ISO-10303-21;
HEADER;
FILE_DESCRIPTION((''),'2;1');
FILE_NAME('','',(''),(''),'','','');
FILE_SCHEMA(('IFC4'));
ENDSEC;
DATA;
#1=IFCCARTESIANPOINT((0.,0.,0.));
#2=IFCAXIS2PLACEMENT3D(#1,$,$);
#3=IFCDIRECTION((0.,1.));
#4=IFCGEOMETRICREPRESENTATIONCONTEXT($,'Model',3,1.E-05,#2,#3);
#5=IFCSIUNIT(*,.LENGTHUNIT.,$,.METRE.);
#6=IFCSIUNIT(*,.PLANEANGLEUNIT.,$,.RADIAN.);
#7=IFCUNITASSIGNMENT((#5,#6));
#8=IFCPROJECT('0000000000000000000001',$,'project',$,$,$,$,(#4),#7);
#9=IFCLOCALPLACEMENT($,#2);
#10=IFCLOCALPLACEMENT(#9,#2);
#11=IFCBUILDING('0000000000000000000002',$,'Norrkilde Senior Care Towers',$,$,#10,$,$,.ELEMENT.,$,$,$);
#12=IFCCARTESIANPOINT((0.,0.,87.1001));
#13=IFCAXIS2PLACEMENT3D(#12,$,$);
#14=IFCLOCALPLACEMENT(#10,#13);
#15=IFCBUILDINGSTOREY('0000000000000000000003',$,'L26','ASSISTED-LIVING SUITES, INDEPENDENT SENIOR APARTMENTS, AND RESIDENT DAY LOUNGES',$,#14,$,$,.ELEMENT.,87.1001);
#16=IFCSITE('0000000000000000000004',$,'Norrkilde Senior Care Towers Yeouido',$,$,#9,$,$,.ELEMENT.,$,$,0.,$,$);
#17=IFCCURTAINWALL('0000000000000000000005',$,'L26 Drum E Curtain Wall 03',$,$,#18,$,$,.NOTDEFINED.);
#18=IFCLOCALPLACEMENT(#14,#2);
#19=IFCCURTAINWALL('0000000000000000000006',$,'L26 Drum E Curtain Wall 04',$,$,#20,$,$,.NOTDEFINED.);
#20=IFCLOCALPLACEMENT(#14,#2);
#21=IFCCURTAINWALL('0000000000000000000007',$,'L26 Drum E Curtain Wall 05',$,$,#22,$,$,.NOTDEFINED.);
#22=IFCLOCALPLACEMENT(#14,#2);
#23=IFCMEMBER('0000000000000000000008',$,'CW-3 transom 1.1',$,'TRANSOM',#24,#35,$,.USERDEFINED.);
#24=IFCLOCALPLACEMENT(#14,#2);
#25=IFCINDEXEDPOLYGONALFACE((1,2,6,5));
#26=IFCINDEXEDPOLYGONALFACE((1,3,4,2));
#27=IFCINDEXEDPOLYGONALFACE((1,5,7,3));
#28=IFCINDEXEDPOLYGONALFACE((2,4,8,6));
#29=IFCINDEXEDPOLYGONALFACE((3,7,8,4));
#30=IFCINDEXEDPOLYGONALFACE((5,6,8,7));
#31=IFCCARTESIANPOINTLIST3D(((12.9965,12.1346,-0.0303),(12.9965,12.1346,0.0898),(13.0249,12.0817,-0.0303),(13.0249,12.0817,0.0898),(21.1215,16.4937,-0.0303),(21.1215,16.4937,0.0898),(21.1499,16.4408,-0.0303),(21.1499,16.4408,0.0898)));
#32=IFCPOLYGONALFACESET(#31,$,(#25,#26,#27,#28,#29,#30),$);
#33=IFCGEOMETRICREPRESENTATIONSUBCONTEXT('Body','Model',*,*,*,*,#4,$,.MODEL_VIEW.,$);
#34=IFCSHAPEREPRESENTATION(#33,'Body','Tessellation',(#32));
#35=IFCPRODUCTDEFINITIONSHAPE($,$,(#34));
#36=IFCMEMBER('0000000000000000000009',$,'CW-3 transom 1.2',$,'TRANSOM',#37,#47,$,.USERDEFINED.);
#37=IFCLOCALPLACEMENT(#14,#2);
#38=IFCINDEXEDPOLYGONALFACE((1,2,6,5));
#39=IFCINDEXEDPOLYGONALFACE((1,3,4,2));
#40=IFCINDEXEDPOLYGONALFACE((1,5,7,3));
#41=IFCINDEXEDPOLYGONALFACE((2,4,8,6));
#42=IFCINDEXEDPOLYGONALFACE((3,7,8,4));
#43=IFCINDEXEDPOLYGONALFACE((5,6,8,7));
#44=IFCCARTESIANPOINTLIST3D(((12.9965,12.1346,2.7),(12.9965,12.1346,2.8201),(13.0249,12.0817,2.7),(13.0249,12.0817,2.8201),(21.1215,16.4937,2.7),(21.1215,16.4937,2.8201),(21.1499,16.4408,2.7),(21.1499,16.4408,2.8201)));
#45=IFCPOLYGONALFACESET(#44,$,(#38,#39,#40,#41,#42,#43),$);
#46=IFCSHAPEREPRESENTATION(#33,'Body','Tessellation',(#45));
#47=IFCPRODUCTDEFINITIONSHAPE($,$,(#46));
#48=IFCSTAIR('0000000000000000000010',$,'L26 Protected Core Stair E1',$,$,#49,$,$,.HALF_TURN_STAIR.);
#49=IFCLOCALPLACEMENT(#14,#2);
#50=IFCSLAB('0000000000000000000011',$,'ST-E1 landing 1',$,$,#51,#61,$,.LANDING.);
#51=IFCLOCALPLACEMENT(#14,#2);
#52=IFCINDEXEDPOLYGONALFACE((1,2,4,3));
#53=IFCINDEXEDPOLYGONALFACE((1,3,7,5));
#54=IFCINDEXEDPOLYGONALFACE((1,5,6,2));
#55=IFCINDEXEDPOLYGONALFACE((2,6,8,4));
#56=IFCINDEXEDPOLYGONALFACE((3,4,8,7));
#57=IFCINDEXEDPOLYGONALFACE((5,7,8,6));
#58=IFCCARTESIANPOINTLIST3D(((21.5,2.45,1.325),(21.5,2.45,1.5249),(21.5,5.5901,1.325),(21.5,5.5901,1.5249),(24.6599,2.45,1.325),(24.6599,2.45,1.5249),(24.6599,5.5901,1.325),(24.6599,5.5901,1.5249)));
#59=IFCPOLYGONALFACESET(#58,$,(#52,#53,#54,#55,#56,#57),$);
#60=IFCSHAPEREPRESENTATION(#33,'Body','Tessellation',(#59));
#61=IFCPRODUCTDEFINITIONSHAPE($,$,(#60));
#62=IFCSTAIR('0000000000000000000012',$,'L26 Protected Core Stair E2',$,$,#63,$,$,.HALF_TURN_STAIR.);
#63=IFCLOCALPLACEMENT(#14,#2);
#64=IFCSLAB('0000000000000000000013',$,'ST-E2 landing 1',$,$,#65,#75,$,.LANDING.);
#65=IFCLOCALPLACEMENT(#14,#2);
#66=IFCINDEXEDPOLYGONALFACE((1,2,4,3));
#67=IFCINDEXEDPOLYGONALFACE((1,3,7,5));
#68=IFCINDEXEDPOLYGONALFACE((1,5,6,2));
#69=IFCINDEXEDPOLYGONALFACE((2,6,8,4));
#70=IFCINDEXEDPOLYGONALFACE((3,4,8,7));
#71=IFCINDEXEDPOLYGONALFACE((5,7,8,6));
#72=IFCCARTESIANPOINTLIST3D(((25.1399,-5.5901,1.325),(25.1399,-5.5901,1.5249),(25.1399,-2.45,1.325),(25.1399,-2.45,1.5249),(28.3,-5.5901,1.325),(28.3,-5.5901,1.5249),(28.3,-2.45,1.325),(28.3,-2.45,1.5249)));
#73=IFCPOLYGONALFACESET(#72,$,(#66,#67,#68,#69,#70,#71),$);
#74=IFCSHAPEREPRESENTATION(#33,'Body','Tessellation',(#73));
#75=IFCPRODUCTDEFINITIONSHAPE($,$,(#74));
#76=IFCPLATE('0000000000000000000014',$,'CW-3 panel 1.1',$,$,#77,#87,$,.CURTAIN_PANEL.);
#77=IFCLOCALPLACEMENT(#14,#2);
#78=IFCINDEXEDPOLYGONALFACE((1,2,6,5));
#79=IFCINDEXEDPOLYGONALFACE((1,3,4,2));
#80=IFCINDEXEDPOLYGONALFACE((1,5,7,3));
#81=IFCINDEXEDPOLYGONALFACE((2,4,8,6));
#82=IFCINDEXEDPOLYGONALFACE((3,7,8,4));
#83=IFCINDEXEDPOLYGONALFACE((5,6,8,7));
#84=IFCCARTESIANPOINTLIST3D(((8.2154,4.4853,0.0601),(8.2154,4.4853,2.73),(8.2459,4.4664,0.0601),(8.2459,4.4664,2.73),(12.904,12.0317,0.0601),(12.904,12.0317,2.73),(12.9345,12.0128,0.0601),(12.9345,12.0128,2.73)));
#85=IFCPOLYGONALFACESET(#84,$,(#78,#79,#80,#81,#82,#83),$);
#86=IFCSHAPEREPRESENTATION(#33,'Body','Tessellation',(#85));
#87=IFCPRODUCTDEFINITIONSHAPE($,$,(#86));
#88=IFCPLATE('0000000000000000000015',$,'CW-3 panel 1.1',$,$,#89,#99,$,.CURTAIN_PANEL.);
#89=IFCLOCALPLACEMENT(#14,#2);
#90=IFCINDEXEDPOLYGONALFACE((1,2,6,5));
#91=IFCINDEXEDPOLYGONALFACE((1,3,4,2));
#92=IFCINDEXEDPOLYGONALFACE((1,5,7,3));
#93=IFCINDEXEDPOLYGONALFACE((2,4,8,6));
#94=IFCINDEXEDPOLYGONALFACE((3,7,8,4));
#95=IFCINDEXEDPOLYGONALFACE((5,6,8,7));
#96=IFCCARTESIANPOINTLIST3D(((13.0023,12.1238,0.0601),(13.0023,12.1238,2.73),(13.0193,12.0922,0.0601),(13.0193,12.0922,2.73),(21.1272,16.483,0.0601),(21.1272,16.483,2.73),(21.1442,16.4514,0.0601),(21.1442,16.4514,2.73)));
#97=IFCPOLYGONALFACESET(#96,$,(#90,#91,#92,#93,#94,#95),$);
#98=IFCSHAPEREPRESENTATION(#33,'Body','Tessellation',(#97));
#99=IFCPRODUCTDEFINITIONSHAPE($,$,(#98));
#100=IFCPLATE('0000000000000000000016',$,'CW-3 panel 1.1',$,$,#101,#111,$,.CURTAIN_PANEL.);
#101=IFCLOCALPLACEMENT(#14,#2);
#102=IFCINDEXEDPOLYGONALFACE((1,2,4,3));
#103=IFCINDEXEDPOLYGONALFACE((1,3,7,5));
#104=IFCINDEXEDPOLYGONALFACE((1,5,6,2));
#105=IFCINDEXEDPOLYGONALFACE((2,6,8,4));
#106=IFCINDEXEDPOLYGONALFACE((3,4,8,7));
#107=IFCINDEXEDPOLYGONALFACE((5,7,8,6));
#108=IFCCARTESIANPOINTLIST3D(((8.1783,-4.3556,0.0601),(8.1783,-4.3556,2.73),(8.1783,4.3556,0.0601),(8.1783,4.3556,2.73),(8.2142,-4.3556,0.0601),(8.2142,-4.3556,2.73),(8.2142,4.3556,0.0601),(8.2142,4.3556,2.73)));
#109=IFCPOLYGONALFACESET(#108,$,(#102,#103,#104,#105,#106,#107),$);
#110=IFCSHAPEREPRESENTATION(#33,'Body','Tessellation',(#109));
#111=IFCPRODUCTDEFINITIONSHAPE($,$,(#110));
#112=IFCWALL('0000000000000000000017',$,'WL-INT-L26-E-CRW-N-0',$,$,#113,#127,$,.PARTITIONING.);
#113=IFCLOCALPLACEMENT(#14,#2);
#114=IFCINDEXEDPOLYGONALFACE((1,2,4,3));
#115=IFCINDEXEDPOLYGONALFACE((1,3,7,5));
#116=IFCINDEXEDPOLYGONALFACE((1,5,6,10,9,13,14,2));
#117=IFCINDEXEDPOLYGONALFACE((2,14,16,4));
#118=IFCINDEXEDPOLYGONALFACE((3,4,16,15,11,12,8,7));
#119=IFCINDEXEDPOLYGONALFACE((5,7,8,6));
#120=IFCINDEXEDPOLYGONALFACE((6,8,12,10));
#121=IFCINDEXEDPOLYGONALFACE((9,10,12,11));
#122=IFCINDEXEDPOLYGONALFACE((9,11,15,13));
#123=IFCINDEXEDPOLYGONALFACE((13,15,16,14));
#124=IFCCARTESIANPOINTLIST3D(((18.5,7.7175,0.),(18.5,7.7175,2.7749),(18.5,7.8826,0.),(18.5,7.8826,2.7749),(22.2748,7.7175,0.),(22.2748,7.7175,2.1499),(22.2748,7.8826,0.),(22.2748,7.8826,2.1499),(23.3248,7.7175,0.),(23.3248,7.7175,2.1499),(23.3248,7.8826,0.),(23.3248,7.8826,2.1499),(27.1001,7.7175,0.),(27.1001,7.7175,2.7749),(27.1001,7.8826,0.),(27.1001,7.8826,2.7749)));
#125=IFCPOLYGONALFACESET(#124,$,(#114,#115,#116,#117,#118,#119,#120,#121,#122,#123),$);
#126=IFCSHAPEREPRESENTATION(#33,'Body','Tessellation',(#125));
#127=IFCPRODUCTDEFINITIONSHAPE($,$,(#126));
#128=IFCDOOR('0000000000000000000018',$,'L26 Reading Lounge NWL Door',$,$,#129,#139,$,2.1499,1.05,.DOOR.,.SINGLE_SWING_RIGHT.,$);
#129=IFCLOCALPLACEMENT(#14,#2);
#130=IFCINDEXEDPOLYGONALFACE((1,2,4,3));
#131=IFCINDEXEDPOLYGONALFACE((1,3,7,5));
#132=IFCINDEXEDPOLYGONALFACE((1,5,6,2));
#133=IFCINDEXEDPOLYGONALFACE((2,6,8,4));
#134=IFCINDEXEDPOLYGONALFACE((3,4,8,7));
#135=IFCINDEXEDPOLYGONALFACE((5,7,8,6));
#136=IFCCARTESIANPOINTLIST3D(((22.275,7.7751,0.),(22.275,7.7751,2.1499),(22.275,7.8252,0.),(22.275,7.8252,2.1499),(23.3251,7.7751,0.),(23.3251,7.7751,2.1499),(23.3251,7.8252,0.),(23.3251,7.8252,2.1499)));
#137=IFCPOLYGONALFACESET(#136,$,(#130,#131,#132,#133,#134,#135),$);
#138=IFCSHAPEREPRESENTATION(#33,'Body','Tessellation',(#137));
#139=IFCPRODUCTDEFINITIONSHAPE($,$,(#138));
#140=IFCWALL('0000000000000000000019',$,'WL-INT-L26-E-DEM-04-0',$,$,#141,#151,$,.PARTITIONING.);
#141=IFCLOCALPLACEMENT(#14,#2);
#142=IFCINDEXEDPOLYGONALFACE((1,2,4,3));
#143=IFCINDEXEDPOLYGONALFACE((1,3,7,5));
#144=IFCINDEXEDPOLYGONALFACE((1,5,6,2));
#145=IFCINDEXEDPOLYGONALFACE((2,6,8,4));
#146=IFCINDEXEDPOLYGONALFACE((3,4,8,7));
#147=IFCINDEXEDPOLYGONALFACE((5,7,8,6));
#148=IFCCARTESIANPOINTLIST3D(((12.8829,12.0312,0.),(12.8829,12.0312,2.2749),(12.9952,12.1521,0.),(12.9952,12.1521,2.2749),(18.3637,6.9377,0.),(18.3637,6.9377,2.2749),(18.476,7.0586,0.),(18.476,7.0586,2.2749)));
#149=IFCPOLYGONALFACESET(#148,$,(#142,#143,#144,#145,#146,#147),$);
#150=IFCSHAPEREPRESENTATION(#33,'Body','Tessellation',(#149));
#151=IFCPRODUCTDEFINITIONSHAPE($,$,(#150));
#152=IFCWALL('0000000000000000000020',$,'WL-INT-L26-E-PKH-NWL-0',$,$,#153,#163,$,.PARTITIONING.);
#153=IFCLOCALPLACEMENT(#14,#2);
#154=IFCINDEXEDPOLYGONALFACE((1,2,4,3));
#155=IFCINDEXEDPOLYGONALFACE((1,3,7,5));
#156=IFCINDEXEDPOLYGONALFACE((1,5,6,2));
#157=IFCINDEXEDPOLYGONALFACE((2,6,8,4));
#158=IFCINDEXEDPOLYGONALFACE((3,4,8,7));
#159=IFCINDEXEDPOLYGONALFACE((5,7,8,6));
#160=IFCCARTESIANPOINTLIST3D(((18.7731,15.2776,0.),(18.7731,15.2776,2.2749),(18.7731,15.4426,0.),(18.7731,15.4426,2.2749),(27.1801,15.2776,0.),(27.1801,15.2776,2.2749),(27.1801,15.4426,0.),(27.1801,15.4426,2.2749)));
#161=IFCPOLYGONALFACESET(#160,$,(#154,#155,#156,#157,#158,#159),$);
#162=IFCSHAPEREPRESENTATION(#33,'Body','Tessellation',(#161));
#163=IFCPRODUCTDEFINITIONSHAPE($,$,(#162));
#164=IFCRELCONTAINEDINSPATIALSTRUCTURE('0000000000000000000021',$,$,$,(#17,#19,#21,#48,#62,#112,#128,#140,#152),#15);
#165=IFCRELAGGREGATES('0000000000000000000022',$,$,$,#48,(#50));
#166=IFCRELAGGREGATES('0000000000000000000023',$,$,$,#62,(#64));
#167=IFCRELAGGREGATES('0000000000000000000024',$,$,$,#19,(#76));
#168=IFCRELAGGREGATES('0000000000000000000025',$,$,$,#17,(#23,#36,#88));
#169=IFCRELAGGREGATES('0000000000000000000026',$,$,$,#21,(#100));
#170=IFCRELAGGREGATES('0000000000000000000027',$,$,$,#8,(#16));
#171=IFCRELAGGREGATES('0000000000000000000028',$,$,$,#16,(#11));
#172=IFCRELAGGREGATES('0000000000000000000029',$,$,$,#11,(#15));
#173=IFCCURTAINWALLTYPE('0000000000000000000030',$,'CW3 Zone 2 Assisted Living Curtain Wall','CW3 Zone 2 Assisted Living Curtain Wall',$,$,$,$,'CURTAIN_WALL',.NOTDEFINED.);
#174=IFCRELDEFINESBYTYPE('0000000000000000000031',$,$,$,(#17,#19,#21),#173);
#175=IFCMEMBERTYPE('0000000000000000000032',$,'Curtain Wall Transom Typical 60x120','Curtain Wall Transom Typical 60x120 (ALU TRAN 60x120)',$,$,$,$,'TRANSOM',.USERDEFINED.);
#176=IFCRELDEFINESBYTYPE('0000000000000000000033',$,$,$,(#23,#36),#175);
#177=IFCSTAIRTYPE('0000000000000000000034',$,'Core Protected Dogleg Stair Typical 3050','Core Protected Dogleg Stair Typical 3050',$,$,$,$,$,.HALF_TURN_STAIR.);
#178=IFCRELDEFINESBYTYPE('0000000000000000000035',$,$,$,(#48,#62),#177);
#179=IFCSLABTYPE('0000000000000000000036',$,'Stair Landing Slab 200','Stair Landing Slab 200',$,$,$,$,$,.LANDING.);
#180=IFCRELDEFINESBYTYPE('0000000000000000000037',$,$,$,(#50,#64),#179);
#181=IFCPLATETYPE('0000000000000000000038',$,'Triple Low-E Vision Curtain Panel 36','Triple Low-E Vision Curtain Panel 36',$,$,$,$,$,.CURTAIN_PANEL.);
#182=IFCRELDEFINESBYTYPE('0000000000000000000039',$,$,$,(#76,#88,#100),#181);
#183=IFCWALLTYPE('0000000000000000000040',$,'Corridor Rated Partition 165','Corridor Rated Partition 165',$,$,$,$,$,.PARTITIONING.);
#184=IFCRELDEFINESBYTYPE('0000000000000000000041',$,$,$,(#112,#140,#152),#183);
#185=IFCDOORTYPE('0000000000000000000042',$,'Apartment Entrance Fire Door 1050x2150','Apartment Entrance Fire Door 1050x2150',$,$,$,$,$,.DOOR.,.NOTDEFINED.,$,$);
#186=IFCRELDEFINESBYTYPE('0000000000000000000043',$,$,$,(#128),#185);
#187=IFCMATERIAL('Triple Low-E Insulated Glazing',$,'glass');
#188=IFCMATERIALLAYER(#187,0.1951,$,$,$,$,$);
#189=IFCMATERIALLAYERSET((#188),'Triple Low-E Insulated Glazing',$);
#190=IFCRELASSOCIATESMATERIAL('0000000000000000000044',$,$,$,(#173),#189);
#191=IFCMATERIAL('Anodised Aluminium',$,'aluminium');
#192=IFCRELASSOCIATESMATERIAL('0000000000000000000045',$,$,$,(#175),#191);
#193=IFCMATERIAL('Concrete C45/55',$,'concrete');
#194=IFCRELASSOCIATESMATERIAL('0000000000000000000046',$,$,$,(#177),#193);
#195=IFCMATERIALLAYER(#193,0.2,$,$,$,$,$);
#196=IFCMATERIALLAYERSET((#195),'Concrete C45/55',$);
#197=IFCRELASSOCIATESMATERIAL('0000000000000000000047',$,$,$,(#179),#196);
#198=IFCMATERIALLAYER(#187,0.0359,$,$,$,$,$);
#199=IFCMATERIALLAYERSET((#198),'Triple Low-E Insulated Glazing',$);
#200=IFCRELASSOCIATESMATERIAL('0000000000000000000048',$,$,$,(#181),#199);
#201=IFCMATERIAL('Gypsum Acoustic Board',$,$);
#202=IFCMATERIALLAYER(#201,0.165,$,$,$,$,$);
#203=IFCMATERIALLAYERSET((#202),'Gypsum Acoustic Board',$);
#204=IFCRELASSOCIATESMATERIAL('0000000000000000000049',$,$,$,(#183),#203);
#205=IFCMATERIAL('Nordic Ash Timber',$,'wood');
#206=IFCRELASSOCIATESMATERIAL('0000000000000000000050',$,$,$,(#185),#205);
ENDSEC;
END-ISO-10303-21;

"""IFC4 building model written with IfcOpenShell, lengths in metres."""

from ifc_helpers import new_model, si_unit, direction, frame, frame_2d, origin, origin_2d, place, context, subcontext, project, spatial, polyline, rectangle, outline, extrude, source, transform, mapped, material, layer, layer_set, material_profile, profile_set, type_object, type_shapes, element, fill, aggregate, save


model = new_model("IFC4")

# Units and contexts
model_context = context("Model", 3, precision=1e-05, world=origin(), true_north=direction((0.0, 1.0)))
body_context = subcontext(model_context, "Body", "Model", "MODEL_VIEW")
ifc_project = project(units=[si_unit("LENGTHUNIT", "METRE"), si_unit("PLANEANGLEUNIT", "RADIAN")], contexts=[model_context])

# Site, building, storey
site_placement = place(None, origin())
site = spatial("IfcSite", under=ifc_project, at=site_placement, Name="Norrkilde Senior Care Towers Yeouido", CompositionType="ELEMENT", RefElevation=0.0)
building_placement = place(site_placement, origin())
building = spatial("IfcBuilding", under=site, at=building_placement, Name="Norrkilde Senior Care Towers", CompositionType="ELEMENT")
storey_placement = place(building_placement, frame((0.0, 0.0, 87.1001)))
storey = spatial("IfcBuildingStorey", under=building, at=storey_placement, Name="L26", Description="ASSISTED-LIVING SUITES, INDEPENDENT SENIOR APARTMENTS, AND RESIDENT DAY LOUNGES", CompositionType="ELEMENT", Elevation=87.1001)

# Curtain wall
ifc_material_1 = material(Name="Triple Low-E Insulated Glazing", Category="glass")
ifc_layer_1 = layer(ifc_material_1, 0.1951)
ifc_layer_set_1 = layer_set([ifc_layer_1], Name="Triple Low-E Insulated Glazing")
curtain_wall_type = type_object("IfcCurtainWallType", Name="CW3 Zone 2 Assisted Living Curtain Wall", Description="CW3 Zone 2 Assisted Living Curtain Wall", ElementType="CURTAIN_WALL", PredefinedType="NOTDEFINED", material=ifc_layer_set_1)
curtain_wall_1_placement = place(storey_placement, origin())
curtain_wall_1 = element("IfcCurtainWall", 1, at=curtain_wall_1_placement, inside=storey, type_object=curtain_wall_type, Name="L26 Drum E Curtain Wall 03", PredefinedType="NOTDEFINED")
ifc_material_2 = material(Name="Anodised Aluminium", Category="aluminium")

# Curtain wall
curtain_wall_2_placement = place(storey_placement, origin())
curtain_wall_2 = element("IfcCurtainWall", 2, at=curtain_wall_2_placement, inside=storey, type_object=curtain_wall_type, Name="L26 Drum E Curtain Wall 04", PredefinedType="NOTDEFINED")

# Curtain wall
curtain_wall_3_placement = place(storey_placement, origin())
curtain_wall_3 = element("IfcCurtainWall", 3, at=curtain_wall_3_placement, inside=storey, type_object=curtain_wall_type, Name="L26 Drum E Curtain Wall 05", PredefinedType="NOTDEFINED")

# Members
ifc_material_profile_1 = material_profile(ifc_material_2, rectangle(XDim=0.0601, YDim=0.1201, at=origin_2d()), Name="ALU TRAN 60x120")
ifc_profile_set_1 = profile_set([ifc_material_profile_1], Name="Anodised Aluminium")
member_type_1 = type_object("IfcMemberType", Name="Curtain Wall Transom Typical 60x120", Description="Curtain Wall Transom Typical 60x120 (ALU TRAN 60x120)", ElementType="TRANSOM", PredefinedType="USERDEFINED", material=ifc_profile_set_1)
shared_shape_1 = source(origin(), body_context, "Body", "SweptSolid", [
    extrude(rectangle(XDim=0.0601, YDim=0.1201, at=origin_2d()), origin(), (0.0, 0.0, 1.0), 9.2205),
])
member_1_placement = place(storey_placement, frame((13.0107, 12.1082, 0.0298), z_axis=(0.881189, 0.472765, 0.0), x_axis=(-0.472765, 0.881189, 0.0)))
member_1 = element("IfcMember", 4, at=member_1_placement, type_object=member_type_1, Name="CW-3 transom 1.1", ObjectType="TRANSOM", PredefinedType="USERDEFINED", context=body_context, shape_type="MappedRepresentation", body=[
    mapped(shared_shape_1, transform((0.0, 0.0, 0.0), x_axis=(1.0, 0.0, 0.0), y_axis=(0.0, 1.0, 0.0), z_axis=(0.0, 0.0, 1.0), scale=1.0)),
])
member_2_placement = place(storey_placement, frame((13.0107, 12.1082, 2.76), z_axis=(0.881189, 0.472765, 0.0), x_axis=(-0.472765, 0.881189, 0.0)))
member_2 = element("IfcMember", 5, at=member_2_placement, type_object=member_type_1, Name="CW-3 transom 1.2", ObjectType="TRANSOM", PredefinedType="USERDEFINED", context=body_context, shape_type="MappedRepresentation", body=[
    mapped(shared_shape_1, transform((0.0, 0.0, 0.0), x_axis=(1.0, 0.0, 0.0), y_axis=(0.0, 1.0, 0.0), z_axis=(0.0, 0.0, 1.0), scale=1.0)),
])

# Stairs, slabs
ifc_material_3 = material(Name="Concrete C45/55", Category="concrete")
stair_type = type_object("IfcStairType", Name="Core Protected Dogleg Stair Typical 3050", Description="Core Protected Dogleg Stair Typical 3050", PredefinedType="HALF_TURN_STAIR", material=ifc_material_3)
stair_1_placement = place(storey_placement, origin())
stair_1 = element("IfcStair", 6, at=stair_1_placement, inside=storey, type_object=stair_type, Name="L26 Protected Core Stair E1", PredefinedType="HALF_TURN_STAIR")
ifc_layer_2 = layer(ifc_material_3, 0.2)
ifc_layer_set_2 = layer_set([ifc_layer_2], Name="Concrete C45/55")
slab_type = type_object("IfcSlabType", Name="Stair Landing Slab 200", Description="Stair Landing Slab 200", PredefinedType="LANDING", material=ifc_layer_set_2)
slab_1_placement = place(storey_placement, frame((0.0, 0.0, 1.325)))
slab_1 = element("IfcSlab", 7, at=slab_1_placement, type_object=slab_type, Name="ST-E1 landing 1", PredefinedType="LANDING", context=body_context, shape_type="SweptSolid", body=[
    extrude(outline(polyline([(24.6599, 5.5901), (21.5, 5.5901), (21.5, 2.45), (24.6599, 2.45), (24.6599, 5.5901)])), origin(), (0.0, 0.0, 1.0), 0.2),
])
aggregate(stair_1, [slab_1])
stair_2_placement = place(storey_placement, origin())
stair_2 = element("IfcStair", 8, at=stair_2_placement, inside=storey, type_object=stair_type, Name="L26 Protected Core Stair E2", PredefinedType="HALF_TURN_STAIR")
slab_2_placement = place(storey_placement, frame((0.0, 0.0, 1.325)))
slab_2 = element("IfcSlab", 9, at=slab_2_placement, type_object=slab_type, Name="ST-E2 landing 1", PredefinedType="LANDING", context=body_context, shape_type="SweptSolid", body=[
    extrude(outline(polyline([(25.1399, -5.5901), (28.3, -5.5901), (28.3, -2.45), (25.1399, -2.45), (25.1399, -5.5901)])), origin(), (0.0, 0.0, 1.0), 0.2),
])
aggregate(stair_2, [slab_2])

# Plates
ifc_layer_3 = layer(ifc_material_1, 0.0359)
ifc_layer_set_3 = layer_set([ifc_layer_3], Name="Triple Low-E Insulated Glazing")
plate_type = type_object("IfcPlateType", Name="Triple Low-E Vision Curtain Panel 36", Description="Triple Low-E Vision Curtain Panel 36", PredefinedType="CURTAIN_PANEL", material=ifc_layer_set_3)
shared_shape_2 = source(origin(), body_context, "Body", "SweptSolid", [
    extrude(rectangle(XDim=8.8843, YDim=0.0359, at=origin_2d()), origin(), (0.0, 0.0, 1.0), 2.6699),
])
plate_1_placement = place(storey_placement, frame((10.575, 8.249, 0.0601), z_axis=(0.0, 0.0, 1.0), x_axis=(0.527733, 0.84941, 0.0)))
plate_1 = element("IfcPlate", 10, at=plate_1_placement, type_object=plate_type, Name="CW-3 panel 1.1", PredefinedType="CURTAIN_PANEL", context=body_context, shape_type="MappedRepresentation", body=[
    mapped(shared_shape_2, transform((0.0, 0.0, 0.0), x_axis=(1.0, 0.0, 0.0), y_axis=(0.0, 1.0, 0.0), z_axis=(0.0, 0.0, 1.0), scale=1.0)),
])
aggregate(curtain_wall_2, [plate_1])
shared_shape_3 = source(origin(), body_context, "Body", "SweptSolid", [
    extrude(rectangle(XDim=9.2205, YDim=0.0359, at=origin_2d()), origin(), (0.0, 0.0, 1.0), 2.6699),
])
plate_2_placement = place(storey_placement, frame((17.0732, 14.2876, 0.0601), z_axis=(0.0, 0.0, 1.0), x_axis=(0.881186, 0.472769, 0.0)))
plate_2 = element("IfcPlate", 11, at=plate_2_placement, type_object=plate_type, Name="CW-3 panel 1.1", PredefinedType="CURTAIN_PANEL", context=body_context, shape_type="MappedRepresentation", body=[
    mapped(shared_shape_3, transform((0.0, 0.0, 0.0), x_axis=(1.0, 0.0, 0.0), y_axis=(0.0, 1.0, 0.0), z_axis=(0.0, 0.0, 1.0), scale=1.0)),
])
aggregate(curtain_wall_1, [member_1, member_2, plate_2])
shared_shape_4 = source(origin(), body_context, "Body", "SweptSolid", [
    extrude(rectangle(XDim=8.7112, YDim=0.0359, at=origin_2d()), origin(), (0.0, 0.0, 1.0), 2.6699),
])
type_shapes(plate_type, [shared_shape_2, shared_shape_3, shared_shape_4])
plate_3_placement = place(storey_placement, frame((8.1963, 0.0, 0.0601), z_axis=(0.0, 0.0, 1.0), x_axis=(0.0, 1.0, 0.0)))
plate_3 = element("IfcPlate", 12, at=plate_3_placement, type_object=plate_type, Name="CW-3 panel 1.1", PredefinedType="CURTAIN_PANEL", context=body_context, shape_type="MappedRepresentation", body=[
    mapped(shared_shape_4, transform((0.0, 0.0, 0.0), x_axis=(1.0, 0.0, 0.0), y_axis=(0.0, 1.0, 0.0), z_axis=(0.0, 0.0, 1.0), scale=1.0)),
])
aggregate(curtain_wall_3, [plate_3])

# Wall, opening, door
ifc_material_4 = material(Name="Gypsum Acoustic Board")
ifc_layer_4 = layer(ifc_material_4, 0.165)
ifc_layer_set_4 = layer_set([ifc_layer_4], Name="Gypsum Acoustic Board")
wall_type = type_object("IfcWallType", Name="Corridor Rated Partition 165", Description="Corridor Rated Partition 165", PredefinedType="PARTITIONING", material=ifc_layer_set_4)
shared_shape_5 = source(origin(), body_context, "Body", "SweptSolid", [
    extrude(rectangle(XDim=8.6001, YDim=0.165, at=frame_2d((4.3, 0.0))), origin(), (0.0, 0.0, 1.0), 2.7749),
])
wall_1_placement = place(storey_placement, frame((18.5, 7.8, 0.0), z_axis=(0.0, 0.0, 1.0), x_axis=(1.0, 0.0, 0.0)))
wall_1 = element("IfcWall", 13, at=wall_1_placement, inside=storey, type_object=wall_type, Name="WL-INT-L26-E-CRW-N-0", PredefinedType="PARTITIONING", context=body_context, shape_type="MappedRepresentation", body=[
    mapped(shared_shape_5, transform((0.0, 0.0, 0.0), x_axis=(1.0, 0.0, 0.0), y_axis=(0.0, 1.0, 0.0), z_axis=(0.0, 0.0, 1.0), scale=1.0)),
])
opening_placement = place(wall_1_placement, frame((3.7749, 0.0, 0.0)))
opening = element("IfcOpeningElement", 14, at=opening_placement, cuts=wall_1, PredefinedType="OPENING", context=body_context, shape_type="SweptSolid", body=[
    extrude(rectangle(XDim=1.05, YDim=2.1499, at=frame_2d((0.5249, 1.075))), frame((0.0, 0.0925, 0.0), z_axis=(0.0, -1.0, 0.0), x_axis=(1.0, 0.0, 0.0)), (0.0, 0.0, 1.0), 0.1851),
])
ifc_material_5 = material(Name="Nordic Ash Timber", Category="wood")
door_type = type_object("IfcDoorType", Name="Apartment Entrance Fire Door 1050x2150", Description="Apartment Entrance Fire Door 1050x2150", OperationType="NOTDEFINED", PredefinedType="DOOR", material=ifc_material_5)
shared_shape_6 = source(origin(), body_context, "Body", "SweptSolid", [
    extrude(rectangle(XDim=1.05, YDim=2.1499, at=frame_2d((0.5249, 1.075))), frame((0.0, 0.0249, 0.0), z_axis=(0.0, -1.0, 0.0), x_axis=(1.0, 0.0, 0.0)), (0.0, 0.0, 1.0), 0.05),
])
type_shapes(door_type, [shared_shape_6])
door_placement = place(opening_placement, frame((1.05, 0.0, 0.0), z_axis=(0.0, 0.0, 1.0), x_axis=(-1.0, 0.0, 0.0)))
door = element("IfcDoor", 15, at=door_placement, inside=storey, type_object=door_type, Name="L26 Reading Lounge NWL Door", OperationType="SINGLE_SWING_RIGHT", OverallHeight=2.1499, OverallWidth=1.05, PredefinedType="DOOR", context=body_context, shape_type="MappedRepresentation", body=[
    mapped(shared_shape_6, transform((0.0, 0.0, 0.0), x_axis=(1.0, 0.0, 0.0), y_axis=(0.0, 1.0, 0.0), z_axis=(0.0, 0.0, 1.0), scale=1.0)),
])
fill(opening, door)

# Walls
shared_shape_7 = source(origin(), body_context, "Body", "SweptSolid", [
    extrude(rectangle(XDim=7.4822, YDim=0.165, at=frame_2d((3.7412, 0.0))), origin(), (0.0, 0.0, 1.0), 2.2749),
])
wall_2_placement = place(storey_placement, frame((18.4199, 6.998, 0.0), z_axis=(0.0, 0.0, 1.0), x_axis=(-0.732509, 0.680758, 0.0)))
element("IfcWall", 16, at=wall_2_placement, inside=storey, type_object=wall_type, Name="WL-INT-L26-E-DEM-04-0", PredefinedType="PARTITIONING", context=body_context, shape_type="MappedRepresentation", body=[
    mapped(shared_shape_7, transform((0.0, 0.0, 0.0), x_axis=(1.0, 0.0, 0.0), y_axis=(0.0, 1.0, 0.0), z_axis=(0.0, 0.0, 1.0), scale=1.0)),
])
shared_shape_8 = source(origin(), body_context, "Body", "SweptSolid", [
    extrude(rectangle(XDim=8.407, YDim=0.165, at=frame_2d((4.2036, 0.0))), origin(), (0.0, 0.0, 1.0), 2.2749),
])
type_shapes(wall_type, [shared_shape_5, shared_shape_7, shared_shape_8])
wall_3_placement = place(storey_placement, frame((18.7729, 15.3601, 0.0), z_axis=(0.0, 0.0, 1.0), x_axis=(1.0, 0.0, 0.0)))
element("IfcWall", 17, at=wall_3_placement, inside=storey, type_object=wall_type, Name="WL-INT-L26-E-PKH-NWL-0", PredefinedType="PARTITIONING", context=body_context, shape_type="MappedRepresentation", body=[
    mapped(shared_shape_8, transform((0.0, 0.0, 0.0), x_axis=(1.0, 0.0, 0.0), y_axis=(0.0, 1.0, 0.0), z_axis=(0.0, 0.0, 1.0), scale=1.0)),
])

save(model, "model.ifc")
